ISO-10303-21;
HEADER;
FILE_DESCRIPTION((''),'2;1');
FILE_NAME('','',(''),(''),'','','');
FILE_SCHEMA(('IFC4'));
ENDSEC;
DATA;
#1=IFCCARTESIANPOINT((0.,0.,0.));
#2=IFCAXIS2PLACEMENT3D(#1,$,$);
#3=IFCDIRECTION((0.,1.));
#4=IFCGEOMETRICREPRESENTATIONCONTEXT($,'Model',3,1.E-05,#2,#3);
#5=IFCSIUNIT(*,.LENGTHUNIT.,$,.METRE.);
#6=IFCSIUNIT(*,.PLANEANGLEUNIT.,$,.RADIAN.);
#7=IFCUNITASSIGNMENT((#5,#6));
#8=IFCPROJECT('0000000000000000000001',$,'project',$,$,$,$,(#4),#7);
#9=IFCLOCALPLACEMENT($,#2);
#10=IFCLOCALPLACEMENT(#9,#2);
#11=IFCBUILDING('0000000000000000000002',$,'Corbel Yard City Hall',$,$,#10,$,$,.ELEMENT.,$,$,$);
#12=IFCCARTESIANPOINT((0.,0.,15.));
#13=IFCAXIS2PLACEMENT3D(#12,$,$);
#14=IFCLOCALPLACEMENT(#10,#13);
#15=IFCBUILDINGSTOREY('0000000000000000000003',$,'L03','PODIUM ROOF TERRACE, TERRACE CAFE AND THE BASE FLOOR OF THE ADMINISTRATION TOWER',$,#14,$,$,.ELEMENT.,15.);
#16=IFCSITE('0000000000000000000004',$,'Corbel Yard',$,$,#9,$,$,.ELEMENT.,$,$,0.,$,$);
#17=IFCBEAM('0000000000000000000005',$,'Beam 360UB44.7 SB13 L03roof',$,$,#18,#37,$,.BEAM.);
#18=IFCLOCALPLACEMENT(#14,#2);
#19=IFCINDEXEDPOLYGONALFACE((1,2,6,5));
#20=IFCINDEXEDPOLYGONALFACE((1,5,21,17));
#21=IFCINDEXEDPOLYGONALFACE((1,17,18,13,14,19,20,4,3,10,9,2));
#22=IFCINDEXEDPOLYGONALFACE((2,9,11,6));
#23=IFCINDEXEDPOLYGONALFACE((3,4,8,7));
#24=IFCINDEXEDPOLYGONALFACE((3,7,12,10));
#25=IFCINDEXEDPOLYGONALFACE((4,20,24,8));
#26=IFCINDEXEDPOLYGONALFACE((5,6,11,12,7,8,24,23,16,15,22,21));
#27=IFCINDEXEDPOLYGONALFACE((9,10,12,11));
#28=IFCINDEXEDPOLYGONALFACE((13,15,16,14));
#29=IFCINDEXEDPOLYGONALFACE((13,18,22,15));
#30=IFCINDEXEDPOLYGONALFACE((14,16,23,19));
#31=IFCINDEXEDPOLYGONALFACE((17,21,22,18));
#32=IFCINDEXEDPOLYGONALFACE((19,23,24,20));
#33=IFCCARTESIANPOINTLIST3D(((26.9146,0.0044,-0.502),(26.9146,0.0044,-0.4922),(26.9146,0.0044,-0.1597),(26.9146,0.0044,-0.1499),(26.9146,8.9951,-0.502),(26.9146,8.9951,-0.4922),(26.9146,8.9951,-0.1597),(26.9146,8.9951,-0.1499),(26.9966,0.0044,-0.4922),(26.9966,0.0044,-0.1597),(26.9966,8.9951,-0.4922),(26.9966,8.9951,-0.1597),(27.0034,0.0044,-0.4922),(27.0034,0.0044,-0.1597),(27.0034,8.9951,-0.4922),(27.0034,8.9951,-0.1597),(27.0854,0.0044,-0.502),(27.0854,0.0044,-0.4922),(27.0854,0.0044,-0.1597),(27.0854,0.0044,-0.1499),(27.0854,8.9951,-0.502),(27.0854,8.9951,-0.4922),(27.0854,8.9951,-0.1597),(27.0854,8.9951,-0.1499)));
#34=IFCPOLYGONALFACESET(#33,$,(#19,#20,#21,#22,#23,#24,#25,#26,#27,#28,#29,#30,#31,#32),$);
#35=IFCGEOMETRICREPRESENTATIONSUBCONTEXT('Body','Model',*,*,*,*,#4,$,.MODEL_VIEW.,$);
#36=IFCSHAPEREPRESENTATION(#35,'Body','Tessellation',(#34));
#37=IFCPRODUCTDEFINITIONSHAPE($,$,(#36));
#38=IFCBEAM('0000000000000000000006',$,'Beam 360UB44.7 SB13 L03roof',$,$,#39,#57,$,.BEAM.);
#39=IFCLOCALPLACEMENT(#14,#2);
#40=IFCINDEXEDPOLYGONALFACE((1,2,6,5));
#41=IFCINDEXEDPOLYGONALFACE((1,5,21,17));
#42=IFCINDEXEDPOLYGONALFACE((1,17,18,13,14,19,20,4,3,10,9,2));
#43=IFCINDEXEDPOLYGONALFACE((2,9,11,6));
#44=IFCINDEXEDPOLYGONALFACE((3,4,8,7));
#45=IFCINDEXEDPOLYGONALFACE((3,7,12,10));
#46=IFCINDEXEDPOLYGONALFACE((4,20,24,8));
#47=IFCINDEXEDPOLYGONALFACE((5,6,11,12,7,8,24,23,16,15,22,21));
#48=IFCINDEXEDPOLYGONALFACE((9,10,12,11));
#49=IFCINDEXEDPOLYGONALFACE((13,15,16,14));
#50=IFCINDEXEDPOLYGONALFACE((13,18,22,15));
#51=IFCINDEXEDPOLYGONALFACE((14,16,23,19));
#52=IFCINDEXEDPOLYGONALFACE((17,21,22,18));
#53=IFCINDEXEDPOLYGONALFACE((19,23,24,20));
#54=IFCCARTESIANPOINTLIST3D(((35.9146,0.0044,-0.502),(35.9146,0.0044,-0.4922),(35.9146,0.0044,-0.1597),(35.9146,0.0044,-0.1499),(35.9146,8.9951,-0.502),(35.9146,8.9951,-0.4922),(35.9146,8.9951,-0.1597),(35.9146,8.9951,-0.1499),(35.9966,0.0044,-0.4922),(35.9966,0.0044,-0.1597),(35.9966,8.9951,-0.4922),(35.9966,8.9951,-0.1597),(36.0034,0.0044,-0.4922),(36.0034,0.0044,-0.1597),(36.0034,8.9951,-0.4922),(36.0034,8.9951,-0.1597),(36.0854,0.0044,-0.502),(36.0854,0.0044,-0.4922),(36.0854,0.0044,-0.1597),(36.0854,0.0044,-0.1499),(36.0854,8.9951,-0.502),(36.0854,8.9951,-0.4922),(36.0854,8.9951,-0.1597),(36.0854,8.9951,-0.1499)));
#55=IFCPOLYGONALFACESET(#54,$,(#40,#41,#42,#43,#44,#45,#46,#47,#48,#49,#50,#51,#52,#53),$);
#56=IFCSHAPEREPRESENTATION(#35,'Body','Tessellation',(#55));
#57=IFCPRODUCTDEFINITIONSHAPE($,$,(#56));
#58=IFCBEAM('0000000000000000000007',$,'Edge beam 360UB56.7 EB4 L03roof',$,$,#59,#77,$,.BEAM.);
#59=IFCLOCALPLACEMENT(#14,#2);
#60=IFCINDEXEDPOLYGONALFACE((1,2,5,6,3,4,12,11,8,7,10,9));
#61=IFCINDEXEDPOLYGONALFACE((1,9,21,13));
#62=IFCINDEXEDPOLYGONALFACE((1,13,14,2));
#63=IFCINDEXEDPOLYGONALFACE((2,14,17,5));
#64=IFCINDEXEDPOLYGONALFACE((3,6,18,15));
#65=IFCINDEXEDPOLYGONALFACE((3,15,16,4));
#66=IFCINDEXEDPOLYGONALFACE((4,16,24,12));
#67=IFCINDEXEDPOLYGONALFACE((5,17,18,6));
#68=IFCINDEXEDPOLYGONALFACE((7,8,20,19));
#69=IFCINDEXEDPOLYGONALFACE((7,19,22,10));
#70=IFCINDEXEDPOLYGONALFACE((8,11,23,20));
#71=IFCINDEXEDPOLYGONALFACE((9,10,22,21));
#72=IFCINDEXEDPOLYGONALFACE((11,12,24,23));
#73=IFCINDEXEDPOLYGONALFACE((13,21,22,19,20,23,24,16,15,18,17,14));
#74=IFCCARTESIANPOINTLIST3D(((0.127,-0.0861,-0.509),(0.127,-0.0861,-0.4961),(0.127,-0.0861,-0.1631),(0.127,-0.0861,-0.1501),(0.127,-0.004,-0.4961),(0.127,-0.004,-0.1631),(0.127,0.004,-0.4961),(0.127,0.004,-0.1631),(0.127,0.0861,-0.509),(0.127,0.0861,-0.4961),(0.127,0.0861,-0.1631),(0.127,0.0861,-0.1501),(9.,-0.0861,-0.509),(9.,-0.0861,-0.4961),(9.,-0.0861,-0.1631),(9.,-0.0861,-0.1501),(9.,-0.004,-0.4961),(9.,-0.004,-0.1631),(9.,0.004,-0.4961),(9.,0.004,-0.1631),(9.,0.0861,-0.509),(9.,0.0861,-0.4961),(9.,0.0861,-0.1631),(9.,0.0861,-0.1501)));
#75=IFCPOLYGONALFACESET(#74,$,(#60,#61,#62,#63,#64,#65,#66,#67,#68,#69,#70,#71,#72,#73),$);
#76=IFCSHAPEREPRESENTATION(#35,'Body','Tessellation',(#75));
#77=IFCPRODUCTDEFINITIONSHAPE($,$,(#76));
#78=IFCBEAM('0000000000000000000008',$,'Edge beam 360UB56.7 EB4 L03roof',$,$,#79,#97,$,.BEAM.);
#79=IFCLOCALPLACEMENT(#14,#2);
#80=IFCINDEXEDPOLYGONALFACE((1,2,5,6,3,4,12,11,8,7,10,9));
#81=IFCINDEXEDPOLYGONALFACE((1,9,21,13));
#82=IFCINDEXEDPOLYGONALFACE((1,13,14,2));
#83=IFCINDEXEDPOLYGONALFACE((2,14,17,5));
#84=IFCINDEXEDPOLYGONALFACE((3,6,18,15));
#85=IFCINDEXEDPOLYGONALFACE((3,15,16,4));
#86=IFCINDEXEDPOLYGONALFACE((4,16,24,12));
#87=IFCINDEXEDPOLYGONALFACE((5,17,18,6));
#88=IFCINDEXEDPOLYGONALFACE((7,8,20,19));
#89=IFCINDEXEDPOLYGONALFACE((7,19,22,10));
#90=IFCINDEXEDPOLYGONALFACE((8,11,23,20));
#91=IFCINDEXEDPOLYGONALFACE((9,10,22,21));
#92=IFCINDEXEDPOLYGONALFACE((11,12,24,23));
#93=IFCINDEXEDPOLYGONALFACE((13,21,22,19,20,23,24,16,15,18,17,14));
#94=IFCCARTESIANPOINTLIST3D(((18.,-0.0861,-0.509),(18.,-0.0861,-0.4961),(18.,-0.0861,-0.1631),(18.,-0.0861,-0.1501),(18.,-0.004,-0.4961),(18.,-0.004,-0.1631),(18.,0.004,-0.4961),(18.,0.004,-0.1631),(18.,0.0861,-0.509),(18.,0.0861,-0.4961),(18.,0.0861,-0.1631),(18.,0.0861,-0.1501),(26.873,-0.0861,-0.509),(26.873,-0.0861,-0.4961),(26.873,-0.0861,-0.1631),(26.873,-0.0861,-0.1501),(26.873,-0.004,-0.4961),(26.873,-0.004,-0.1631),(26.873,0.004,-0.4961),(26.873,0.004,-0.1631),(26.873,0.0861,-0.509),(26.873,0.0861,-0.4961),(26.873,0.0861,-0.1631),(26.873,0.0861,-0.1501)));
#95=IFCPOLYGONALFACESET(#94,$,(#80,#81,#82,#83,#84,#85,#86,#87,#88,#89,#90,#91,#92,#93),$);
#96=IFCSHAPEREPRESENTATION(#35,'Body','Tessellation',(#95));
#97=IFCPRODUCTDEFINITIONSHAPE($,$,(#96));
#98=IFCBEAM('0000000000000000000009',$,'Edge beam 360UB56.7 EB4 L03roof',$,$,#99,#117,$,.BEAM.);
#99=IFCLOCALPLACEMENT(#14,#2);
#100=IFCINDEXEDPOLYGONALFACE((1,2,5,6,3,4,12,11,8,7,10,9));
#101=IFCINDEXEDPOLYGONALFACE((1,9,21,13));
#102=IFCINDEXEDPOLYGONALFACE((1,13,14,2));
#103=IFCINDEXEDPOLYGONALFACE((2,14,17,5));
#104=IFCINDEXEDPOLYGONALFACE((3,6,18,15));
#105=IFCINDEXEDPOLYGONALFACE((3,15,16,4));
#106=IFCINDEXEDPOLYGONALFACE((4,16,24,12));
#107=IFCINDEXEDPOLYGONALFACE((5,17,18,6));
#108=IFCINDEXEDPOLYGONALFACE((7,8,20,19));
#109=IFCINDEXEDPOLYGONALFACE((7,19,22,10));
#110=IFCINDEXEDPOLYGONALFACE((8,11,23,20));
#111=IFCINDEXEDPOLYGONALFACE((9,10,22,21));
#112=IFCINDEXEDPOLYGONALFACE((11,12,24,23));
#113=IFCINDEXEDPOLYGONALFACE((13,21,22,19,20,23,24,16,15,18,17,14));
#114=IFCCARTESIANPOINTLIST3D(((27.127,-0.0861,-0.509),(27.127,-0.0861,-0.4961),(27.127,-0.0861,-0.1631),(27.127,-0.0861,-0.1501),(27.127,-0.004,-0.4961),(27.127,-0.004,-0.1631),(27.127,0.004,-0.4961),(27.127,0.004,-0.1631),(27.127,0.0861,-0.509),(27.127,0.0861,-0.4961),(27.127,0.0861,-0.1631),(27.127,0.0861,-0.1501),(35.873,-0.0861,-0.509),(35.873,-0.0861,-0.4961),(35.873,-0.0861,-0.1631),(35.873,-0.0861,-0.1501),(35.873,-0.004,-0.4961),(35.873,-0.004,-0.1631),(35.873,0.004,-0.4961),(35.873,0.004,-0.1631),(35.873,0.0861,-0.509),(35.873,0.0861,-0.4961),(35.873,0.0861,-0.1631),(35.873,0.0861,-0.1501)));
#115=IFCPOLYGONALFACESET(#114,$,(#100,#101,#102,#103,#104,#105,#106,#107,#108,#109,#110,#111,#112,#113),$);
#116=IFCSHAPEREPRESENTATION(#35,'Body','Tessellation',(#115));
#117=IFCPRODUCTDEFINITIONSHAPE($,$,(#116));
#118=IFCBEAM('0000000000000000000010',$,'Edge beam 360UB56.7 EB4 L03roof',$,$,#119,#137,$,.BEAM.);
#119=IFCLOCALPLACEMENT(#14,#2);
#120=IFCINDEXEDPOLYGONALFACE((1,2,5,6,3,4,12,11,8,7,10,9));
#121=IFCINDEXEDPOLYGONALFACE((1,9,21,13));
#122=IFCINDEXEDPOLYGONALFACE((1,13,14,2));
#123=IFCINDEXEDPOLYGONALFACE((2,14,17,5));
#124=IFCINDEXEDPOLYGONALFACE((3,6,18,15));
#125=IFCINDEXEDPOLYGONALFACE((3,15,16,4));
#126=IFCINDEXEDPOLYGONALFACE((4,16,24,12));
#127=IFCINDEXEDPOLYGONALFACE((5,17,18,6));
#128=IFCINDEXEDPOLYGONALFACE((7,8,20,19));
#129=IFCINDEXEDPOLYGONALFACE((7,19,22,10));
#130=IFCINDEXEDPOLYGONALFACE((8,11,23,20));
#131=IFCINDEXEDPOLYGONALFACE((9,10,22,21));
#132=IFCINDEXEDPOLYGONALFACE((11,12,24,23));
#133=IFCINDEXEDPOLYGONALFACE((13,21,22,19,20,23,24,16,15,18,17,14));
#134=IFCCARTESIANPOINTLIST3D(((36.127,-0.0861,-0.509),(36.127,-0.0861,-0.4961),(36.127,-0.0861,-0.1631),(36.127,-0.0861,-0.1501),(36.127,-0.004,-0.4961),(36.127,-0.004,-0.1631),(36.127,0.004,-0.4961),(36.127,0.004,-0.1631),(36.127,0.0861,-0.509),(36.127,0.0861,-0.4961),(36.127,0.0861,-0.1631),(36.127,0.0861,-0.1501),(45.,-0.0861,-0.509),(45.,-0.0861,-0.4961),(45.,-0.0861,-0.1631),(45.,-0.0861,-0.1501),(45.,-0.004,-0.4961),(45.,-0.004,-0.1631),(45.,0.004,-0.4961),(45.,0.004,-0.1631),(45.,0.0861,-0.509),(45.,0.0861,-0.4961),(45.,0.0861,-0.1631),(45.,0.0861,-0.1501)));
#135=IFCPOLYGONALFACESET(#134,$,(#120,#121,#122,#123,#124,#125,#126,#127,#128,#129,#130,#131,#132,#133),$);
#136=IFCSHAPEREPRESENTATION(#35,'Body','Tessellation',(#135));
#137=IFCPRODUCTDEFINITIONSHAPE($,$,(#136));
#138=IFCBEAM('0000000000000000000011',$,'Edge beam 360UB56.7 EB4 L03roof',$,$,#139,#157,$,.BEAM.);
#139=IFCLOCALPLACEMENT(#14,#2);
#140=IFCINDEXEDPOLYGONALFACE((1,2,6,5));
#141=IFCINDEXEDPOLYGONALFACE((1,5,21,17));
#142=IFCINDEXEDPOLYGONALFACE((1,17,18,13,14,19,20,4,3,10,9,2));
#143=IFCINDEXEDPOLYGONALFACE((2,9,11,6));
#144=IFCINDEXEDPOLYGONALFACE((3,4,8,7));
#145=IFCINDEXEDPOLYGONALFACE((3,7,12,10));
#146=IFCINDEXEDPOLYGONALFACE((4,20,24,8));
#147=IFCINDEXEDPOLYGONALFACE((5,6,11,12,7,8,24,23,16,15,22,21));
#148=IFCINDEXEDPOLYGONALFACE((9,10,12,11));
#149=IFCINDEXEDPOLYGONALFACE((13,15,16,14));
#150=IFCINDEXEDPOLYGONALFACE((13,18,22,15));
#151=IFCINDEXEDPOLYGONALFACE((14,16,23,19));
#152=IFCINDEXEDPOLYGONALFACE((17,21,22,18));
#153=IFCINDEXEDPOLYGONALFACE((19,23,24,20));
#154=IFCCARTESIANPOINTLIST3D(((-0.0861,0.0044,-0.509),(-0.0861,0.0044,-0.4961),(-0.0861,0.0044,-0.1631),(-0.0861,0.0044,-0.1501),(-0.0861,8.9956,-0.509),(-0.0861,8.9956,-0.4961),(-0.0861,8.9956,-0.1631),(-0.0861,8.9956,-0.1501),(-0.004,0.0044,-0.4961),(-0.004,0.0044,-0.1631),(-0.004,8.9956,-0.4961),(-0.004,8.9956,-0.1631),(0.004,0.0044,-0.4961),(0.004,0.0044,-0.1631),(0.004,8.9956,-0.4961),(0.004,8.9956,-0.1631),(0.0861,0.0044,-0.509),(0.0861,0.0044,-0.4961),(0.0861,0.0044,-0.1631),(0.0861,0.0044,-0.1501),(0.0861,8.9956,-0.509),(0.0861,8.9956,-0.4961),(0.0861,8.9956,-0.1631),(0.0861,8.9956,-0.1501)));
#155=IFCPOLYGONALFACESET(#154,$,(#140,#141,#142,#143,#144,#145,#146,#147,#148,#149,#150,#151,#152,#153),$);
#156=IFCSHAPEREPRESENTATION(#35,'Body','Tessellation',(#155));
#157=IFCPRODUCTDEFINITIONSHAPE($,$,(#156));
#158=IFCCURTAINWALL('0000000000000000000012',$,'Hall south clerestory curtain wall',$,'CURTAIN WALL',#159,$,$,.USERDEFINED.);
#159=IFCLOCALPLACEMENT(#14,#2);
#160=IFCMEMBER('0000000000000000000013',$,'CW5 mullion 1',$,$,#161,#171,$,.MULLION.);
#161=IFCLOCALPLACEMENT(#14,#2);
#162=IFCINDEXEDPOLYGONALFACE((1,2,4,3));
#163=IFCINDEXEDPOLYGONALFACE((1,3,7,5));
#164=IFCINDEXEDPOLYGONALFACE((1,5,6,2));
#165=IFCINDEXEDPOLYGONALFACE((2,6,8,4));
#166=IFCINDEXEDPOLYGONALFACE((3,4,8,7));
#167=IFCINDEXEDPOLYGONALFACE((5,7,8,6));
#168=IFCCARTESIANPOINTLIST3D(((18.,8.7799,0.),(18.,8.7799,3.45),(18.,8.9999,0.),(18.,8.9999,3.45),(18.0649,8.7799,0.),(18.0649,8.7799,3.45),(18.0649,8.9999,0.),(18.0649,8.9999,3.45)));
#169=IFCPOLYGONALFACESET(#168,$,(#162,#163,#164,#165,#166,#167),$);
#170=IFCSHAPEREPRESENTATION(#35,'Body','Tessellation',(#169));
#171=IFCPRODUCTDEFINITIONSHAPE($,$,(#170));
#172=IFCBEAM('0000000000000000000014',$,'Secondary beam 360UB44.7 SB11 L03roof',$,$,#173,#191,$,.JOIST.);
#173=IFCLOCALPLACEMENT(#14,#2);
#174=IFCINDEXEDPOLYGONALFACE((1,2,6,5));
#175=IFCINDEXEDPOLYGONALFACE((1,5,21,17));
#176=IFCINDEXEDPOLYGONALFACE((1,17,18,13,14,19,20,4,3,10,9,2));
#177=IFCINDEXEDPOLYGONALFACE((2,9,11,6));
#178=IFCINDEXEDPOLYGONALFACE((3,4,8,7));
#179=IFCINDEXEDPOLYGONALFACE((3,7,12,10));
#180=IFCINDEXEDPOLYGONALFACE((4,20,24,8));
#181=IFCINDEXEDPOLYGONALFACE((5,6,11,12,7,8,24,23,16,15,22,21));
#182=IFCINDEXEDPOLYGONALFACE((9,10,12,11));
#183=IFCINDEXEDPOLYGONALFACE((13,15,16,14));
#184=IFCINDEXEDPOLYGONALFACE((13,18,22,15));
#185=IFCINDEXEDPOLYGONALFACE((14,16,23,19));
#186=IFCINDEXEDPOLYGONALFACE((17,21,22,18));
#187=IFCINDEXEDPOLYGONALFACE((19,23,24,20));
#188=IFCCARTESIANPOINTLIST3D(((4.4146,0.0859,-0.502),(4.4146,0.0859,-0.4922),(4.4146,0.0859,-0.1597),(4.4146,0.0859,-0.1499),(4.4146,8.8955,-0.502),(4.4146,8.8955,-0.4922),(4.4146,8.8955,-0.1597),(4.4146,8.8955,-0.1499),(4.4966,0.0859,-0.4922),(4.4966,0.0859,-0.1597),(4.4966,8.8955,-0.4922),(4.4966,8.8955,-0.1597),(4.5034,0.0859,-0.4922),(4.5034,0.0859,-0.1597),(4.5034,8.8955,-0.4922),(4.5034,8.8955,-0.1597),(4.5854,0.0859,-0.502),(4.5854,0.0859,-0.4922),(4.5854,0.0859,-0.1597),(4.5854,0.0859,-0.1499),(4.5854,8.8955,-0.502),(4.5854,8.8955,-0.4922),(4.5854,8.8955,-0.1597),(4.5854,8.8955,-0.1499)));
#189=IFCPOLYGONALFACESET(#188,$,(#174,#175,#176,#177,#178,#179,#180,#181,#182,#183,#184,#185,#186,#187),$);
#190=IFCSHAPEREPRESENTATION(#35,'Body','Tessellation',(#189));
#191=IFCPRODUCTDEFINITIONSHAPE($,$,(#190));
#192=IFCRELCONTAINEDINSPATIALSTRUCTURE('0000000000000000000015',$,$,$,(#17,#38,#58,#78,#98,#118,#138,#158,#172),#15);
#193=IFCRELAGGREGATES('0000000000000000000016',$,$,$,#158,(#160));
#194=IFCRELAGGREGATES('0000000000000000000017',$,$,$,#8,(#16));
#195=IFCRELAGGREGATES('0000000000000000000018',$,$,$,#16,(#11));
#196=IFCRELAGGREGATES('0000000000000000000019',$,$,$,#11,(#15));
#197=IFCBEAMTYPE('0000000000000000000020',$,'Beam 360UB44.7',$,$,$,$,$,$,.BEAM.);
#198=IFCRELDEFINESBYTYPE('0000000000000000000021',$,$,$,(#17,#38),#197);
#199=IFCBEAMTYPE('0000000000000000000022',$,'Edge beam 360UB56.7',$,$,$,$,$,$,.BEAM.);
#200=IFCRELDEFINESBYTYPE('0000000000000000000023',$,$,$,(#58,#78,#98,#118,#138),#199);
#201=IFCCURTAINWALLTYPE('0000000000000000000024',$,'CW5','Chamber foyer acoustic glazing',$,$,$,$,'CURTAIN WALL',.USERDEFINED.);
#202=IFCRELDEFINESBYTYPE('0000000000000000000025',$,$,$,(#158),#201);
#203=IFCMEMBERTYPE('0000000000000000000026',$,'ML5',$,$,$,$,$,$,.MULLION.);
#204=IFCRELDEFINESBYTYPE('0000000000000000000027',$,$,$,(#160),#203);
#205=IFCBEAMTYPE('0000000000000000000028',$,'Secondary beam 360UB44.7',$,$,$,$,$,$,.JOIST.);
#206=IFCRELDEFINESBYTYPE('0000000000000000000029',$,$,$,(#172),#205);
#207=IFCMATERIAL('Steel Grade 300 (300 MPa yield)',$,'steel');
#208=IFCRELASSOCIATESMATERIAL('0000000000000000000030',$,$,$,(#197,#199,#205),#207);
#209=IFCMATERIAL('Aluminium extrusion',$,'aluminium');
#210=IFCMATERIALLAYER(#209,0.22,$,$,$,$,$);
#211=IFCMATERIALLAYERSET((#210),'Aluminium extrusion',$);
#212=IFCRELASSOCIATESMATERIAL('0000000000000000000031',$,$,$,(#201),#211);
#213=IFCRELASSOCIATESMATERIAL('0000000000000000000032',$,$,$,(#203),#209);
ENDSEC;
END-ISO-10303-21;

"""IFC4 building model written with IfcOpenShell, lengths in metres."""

from ifc_helpers import new_model, si_unit, direction, frame, origin, origin_2d, place, context, subcontext, project, spatial, rectangle, i_section, extrude, material, layer, layer_set, material_profile, profile_set, type_object, element, aggregate, save


model = new_model("IFC4")

# Units and contexts
model_context = context("Model", 3, precision=1e-05, world=origin(), true_north=direction((0.0, 1.0)))
body_context = subcontext(model_context, "Body", "Model", "MODEL_VIEW")
ifc_project = project(units=[si_unit("LENGTHUNIT", "METRE"), si_unit("PLANEANGLEUNIT", "RADIAN")], contexts=[model_context])

# Site, building, storey
site_placement = place(None, origin())
site = spatial("IfcSite", under=ifc_project, at=site_placement, Name="Corbel Yard", CompositionType="ELEMENT", RefElevation=0.0)
building_placement = place(site_placement, origin())
building = spatial("IfcBuilding", under=site, at=building_placement, Name="Corbel Yard City Hall", CompositionType="ELEMENT")
storey_placement = place(building_placement, frame((0.0, 0.0, 15.0)))
storey = spatial("IfcBuildingStorey", under=building, at=storey_placement, Name="L03", Description="PODIUM ROOF TERRACE, TERRACE CAFE AND THE BASE FLOOR OF THE ADMINISTRATION TOWER", CompositionType="ELEMENT", Elevation=15.0)

# Beams
ifc_material_1 = material(Name="Steel Grade 300 (300 MPa yield)", Category="steel")
ifc_material_profile_1 = material_profile(ifc_material_1, i_section(OverallWidth=0.1709, OverallDepth=0.3521, WebThickness=0.0068, FlangeThickness=0.0098, at=origin_2d()), Name="360UB44.7")
ifc_profile_set_1 = profile_set([ifc_material_profile_1], Name="Steel Grade 300 (300 MPa yield)")
beam_type_1 = type_object("IfcBeamType", Name="Beam 360UB44.7", PredefinedType="BEAM", material=ifc_profile_set_1)
for number, where, z_axis, x_axis, name in (
    (1, (27.0, 0.0044, -0.3259), (0.0, 1.0, 0.0), (-1.0, 0.0, 0.0), "Beam 360UB44.7 SB13 L03roof"),
    (2, (36.0, 0.0044, -0.3259), (0.0, 1.0, 0.0), (-1.0, 0.0, 0.0), "Beam 360UB44.7 SB13 L03roof"),
):
    element("IfcBeam", number, at=place(storey_placement, frame(where, z_axis=z_axis, x_axis=x_axis)), inside=storey, type_object=beam_type_1, Name=name, PredefinedType="BEAM", context=body_context, shape_type="SweptSolid", body=[
        extrude(i_section(OverallWidth=0.1709, OverallDepth=0.3521, WebThickness=0.0068, FlangeThickness=0.0098, at=origin_2d()), origin(), (0.0, 0.0, 1.0), 8.9907),
    ])
ifc_material_profile_2 = material_profile(ifc_material_1, i_section(OverallWidth=0.1721, OverallDepth=0.3589, WebThickness=0.0081, FlangeThickness=0.0129, at=origin_2d()), Name="360UB56.7")
ifc_profile_set_2 = profile_set([ifc_material_profile_2], Name="Steel Grade 300 (300 MPa yield)")
beam_type_2 = type_object("IfcBeamType", Name="Edge beam 360UB56.7", PredefinedType="BEAM", material=ifc_profile_set_2)
for number, where, z_axis, x_axis, name in (
    (3, (0.127, 0.0, -0.3296), (1.0, 0.0, 0.0), (0.0, 1.0, 0.0), "Edge beam 360UB56.7 EB4 L03roof"),
    (4, (18.0, 0.0, -0.3296), (1.0, 0.0, 0.0), (0.0, 1.0, 0.0), "Edge beam 360UB56.7 EB4 L03roof"),
):
    element("IfcBeam", number, at=place(storey_placement, frame(where, z_axis=z_axis, x_axis=x_axis)), inside=storey, type_object=beam_type_2, Name=name, PredefinedType="BEAM", context=body_context, shape_type="SweptSolid", body=[
        extrude(i_section(OverallWidth=0.1721, OverallDepth=0.3589, WebThickness=0.0081, FlangeThickness=0.0129, at=origin_2d()), origin(), (0.0, 0.0, 1.0), 8.873),
    ])
beam_1_placement = place(storey_placement, frame((27.127, 0.0, -0.3296), z_axis=(1.0, 0.0, 0.0), x_axis=(0.0, 1.0, 0.0)))
element("IfcBeam", 5, at=beam_1_placement, inside=storey, type_object=beam_type_2, Name="Edge beam 360UB56.7 EB4 L03roof", PredefinedType="BEAM", context=body_context, shape_type="SweptSolid", body=[
    extrude(i_section(OverallWidth=0.1721, OverallDepth=0.3589, WebThickness=0.0081, FlangeThickness=0.0129, at=origin_2d()), origin(), (0.0, 0.0, 1.0), 8.7461),
])
beam_2_placement = place(storey_placement, frame((36.127, 0.0, -0.3296), z_axis=(1.0, 0.0, 0.0), x_axis=(0.0, 1.0, 0.0)))
element("IfcBeam", 6, at=beam_2_placement, inside=storey, type_object=beam_type_2, Name="Edge beam 360UB56.7 EB4 L03roof", PredefinedType="BEAM", context=body_context, shape_type="SweptSolid", body=[
    extrude(i_section(OverallWidth=0.1721, OverallDepth=0.3589, WebThickness=0.0081, FlangeThickness=0.0129, at=origin_2d()), origin(), (0.0, 0.0, 1.0), 8.873),
])
beam_3_placement = place(storey_placement, frame((0.0, 0.0044, -0.3296), z_axis=(0.0, 1.0, 0.0), x_axis=(-1.0, 0.0, 0.0)))
element("IfcBeam", 7, at=beam_3_placement, inside=storey, type_object=beam_type_2, Name="Edge beam 360UB56.7 EB4 L03roof", PredefinedType="BEAM", context=body_context, shape_type="SweptSolid", body=[
    extrude(i_section(OverallWidth=0.1721, OverallDepth=0.3589, WebThickness=0.0081, FlangeThickness=0.0129, at=origin_2d()), origin(), (0.0, 0.0, 1.0), 8.9912),
])

# Curtain wall, member
ifc_material_2 = material(Name="Aluminium extrusion", Category="aluminium")
ifc_layer_1 = layer(ifc_material_2, 0.22)
ifc_layer_set_1 = layer_set([ifc_layer_1], Name="Aluminium extrusion")
curtain_wall_type = type_object("IfcCurtainWallType", Name="CW5", Description="Chamber foyer acoustic glazing", ElementType="CURTAIN WALL", PredefinedType="USERDEFINED", material=ifc_layer_set_1)
curtain_wall_placement = place(storey_placement, origin())
curtain_wall = element("IfcCurtainWall", 8, at=curtain_wall_placement, inside=storey, type_object=curtain_wall_type, Name="Hall south clerestory curtain wall", ObjectType="CURTAIN WALL", PredefinedType="USERDEFINED")
ifc_material_profile_3 = material_profile(ifc_material_2, rectangle(XDim=0.22, YDim=0.0649, at=origin_2d()), Name="220x65")
ifc_profile_set_3 = profile_set([ifc_material_profile_3], Name="Aluminium extrusion")
member_type_1 = type_object("IfcMemberType", Name="ML5", PredefinedType="MULLION", material=ifc_profile_set_3)
member_1_placement = place(storey_placement, frame((18.0325, 8.8899, 0.0), z_axis=(0.0, 0.0, 1.0), x_axis=(0.0, 1.0, 0.0)))
member_1 = element("IfcMember", 9, at=member_1_placement, type_object=member_type_1, Name="CW5 mullion 1", PredefinedType="MULLION", context=body_context, shape_type="SweptSolid", body=[
    extrude(rectangle(XDim=0.22, YDim=0.0649, at=origin_2d()), origin(), (0.0, 0.0, 1.0), 3.45),
])

# Beam
ifc_material_profile_4 = material_profile(ifc_material_1, i_section(OverallWidth=0.1709, OverallDepth=0.3521, WebThickness=0.0068, FlangeThickness=0.0098, at=origin_2d()), Name="360UB44.7")
ifc_profile_set_4 = profile_set([ifc_material_profile_4], Name="Steel Grade 300 (300 MPa yield)")
beam_type_3 = type_object("IfcBeamType", Name="Secondary beam 360UB44.7", PredefinedType="JOIST", material=ifc_profile_set_4)
beam_4_placement = place(storey_placement, frame((4.5, 0.0859, -0.3259), z_axis=(0.0, 1.0, 0.0), x_axis=(-1.0, 0.0, 0.0)))
element("IfcBeam", 10, at=beam_4_placement, inside=storey, type_object=beam_type_3, Name="Secondary beam 360UB44.7 SB11 L03roof", PredefinedType="JOIST", context=body_context, shape_type="SweptSolid", body=[
    extrude(i_section(OverallWidth=0.1709, OverallDepth=0.3521, WebThickness=0.0068, FlangeThickness=0.0098, at=origin_2d()), origin(), (0.0, 0.0, 1.0), 8.8096),
])

aggregate(curtain_wall, [member_1])

save(model, "model.ifc")
